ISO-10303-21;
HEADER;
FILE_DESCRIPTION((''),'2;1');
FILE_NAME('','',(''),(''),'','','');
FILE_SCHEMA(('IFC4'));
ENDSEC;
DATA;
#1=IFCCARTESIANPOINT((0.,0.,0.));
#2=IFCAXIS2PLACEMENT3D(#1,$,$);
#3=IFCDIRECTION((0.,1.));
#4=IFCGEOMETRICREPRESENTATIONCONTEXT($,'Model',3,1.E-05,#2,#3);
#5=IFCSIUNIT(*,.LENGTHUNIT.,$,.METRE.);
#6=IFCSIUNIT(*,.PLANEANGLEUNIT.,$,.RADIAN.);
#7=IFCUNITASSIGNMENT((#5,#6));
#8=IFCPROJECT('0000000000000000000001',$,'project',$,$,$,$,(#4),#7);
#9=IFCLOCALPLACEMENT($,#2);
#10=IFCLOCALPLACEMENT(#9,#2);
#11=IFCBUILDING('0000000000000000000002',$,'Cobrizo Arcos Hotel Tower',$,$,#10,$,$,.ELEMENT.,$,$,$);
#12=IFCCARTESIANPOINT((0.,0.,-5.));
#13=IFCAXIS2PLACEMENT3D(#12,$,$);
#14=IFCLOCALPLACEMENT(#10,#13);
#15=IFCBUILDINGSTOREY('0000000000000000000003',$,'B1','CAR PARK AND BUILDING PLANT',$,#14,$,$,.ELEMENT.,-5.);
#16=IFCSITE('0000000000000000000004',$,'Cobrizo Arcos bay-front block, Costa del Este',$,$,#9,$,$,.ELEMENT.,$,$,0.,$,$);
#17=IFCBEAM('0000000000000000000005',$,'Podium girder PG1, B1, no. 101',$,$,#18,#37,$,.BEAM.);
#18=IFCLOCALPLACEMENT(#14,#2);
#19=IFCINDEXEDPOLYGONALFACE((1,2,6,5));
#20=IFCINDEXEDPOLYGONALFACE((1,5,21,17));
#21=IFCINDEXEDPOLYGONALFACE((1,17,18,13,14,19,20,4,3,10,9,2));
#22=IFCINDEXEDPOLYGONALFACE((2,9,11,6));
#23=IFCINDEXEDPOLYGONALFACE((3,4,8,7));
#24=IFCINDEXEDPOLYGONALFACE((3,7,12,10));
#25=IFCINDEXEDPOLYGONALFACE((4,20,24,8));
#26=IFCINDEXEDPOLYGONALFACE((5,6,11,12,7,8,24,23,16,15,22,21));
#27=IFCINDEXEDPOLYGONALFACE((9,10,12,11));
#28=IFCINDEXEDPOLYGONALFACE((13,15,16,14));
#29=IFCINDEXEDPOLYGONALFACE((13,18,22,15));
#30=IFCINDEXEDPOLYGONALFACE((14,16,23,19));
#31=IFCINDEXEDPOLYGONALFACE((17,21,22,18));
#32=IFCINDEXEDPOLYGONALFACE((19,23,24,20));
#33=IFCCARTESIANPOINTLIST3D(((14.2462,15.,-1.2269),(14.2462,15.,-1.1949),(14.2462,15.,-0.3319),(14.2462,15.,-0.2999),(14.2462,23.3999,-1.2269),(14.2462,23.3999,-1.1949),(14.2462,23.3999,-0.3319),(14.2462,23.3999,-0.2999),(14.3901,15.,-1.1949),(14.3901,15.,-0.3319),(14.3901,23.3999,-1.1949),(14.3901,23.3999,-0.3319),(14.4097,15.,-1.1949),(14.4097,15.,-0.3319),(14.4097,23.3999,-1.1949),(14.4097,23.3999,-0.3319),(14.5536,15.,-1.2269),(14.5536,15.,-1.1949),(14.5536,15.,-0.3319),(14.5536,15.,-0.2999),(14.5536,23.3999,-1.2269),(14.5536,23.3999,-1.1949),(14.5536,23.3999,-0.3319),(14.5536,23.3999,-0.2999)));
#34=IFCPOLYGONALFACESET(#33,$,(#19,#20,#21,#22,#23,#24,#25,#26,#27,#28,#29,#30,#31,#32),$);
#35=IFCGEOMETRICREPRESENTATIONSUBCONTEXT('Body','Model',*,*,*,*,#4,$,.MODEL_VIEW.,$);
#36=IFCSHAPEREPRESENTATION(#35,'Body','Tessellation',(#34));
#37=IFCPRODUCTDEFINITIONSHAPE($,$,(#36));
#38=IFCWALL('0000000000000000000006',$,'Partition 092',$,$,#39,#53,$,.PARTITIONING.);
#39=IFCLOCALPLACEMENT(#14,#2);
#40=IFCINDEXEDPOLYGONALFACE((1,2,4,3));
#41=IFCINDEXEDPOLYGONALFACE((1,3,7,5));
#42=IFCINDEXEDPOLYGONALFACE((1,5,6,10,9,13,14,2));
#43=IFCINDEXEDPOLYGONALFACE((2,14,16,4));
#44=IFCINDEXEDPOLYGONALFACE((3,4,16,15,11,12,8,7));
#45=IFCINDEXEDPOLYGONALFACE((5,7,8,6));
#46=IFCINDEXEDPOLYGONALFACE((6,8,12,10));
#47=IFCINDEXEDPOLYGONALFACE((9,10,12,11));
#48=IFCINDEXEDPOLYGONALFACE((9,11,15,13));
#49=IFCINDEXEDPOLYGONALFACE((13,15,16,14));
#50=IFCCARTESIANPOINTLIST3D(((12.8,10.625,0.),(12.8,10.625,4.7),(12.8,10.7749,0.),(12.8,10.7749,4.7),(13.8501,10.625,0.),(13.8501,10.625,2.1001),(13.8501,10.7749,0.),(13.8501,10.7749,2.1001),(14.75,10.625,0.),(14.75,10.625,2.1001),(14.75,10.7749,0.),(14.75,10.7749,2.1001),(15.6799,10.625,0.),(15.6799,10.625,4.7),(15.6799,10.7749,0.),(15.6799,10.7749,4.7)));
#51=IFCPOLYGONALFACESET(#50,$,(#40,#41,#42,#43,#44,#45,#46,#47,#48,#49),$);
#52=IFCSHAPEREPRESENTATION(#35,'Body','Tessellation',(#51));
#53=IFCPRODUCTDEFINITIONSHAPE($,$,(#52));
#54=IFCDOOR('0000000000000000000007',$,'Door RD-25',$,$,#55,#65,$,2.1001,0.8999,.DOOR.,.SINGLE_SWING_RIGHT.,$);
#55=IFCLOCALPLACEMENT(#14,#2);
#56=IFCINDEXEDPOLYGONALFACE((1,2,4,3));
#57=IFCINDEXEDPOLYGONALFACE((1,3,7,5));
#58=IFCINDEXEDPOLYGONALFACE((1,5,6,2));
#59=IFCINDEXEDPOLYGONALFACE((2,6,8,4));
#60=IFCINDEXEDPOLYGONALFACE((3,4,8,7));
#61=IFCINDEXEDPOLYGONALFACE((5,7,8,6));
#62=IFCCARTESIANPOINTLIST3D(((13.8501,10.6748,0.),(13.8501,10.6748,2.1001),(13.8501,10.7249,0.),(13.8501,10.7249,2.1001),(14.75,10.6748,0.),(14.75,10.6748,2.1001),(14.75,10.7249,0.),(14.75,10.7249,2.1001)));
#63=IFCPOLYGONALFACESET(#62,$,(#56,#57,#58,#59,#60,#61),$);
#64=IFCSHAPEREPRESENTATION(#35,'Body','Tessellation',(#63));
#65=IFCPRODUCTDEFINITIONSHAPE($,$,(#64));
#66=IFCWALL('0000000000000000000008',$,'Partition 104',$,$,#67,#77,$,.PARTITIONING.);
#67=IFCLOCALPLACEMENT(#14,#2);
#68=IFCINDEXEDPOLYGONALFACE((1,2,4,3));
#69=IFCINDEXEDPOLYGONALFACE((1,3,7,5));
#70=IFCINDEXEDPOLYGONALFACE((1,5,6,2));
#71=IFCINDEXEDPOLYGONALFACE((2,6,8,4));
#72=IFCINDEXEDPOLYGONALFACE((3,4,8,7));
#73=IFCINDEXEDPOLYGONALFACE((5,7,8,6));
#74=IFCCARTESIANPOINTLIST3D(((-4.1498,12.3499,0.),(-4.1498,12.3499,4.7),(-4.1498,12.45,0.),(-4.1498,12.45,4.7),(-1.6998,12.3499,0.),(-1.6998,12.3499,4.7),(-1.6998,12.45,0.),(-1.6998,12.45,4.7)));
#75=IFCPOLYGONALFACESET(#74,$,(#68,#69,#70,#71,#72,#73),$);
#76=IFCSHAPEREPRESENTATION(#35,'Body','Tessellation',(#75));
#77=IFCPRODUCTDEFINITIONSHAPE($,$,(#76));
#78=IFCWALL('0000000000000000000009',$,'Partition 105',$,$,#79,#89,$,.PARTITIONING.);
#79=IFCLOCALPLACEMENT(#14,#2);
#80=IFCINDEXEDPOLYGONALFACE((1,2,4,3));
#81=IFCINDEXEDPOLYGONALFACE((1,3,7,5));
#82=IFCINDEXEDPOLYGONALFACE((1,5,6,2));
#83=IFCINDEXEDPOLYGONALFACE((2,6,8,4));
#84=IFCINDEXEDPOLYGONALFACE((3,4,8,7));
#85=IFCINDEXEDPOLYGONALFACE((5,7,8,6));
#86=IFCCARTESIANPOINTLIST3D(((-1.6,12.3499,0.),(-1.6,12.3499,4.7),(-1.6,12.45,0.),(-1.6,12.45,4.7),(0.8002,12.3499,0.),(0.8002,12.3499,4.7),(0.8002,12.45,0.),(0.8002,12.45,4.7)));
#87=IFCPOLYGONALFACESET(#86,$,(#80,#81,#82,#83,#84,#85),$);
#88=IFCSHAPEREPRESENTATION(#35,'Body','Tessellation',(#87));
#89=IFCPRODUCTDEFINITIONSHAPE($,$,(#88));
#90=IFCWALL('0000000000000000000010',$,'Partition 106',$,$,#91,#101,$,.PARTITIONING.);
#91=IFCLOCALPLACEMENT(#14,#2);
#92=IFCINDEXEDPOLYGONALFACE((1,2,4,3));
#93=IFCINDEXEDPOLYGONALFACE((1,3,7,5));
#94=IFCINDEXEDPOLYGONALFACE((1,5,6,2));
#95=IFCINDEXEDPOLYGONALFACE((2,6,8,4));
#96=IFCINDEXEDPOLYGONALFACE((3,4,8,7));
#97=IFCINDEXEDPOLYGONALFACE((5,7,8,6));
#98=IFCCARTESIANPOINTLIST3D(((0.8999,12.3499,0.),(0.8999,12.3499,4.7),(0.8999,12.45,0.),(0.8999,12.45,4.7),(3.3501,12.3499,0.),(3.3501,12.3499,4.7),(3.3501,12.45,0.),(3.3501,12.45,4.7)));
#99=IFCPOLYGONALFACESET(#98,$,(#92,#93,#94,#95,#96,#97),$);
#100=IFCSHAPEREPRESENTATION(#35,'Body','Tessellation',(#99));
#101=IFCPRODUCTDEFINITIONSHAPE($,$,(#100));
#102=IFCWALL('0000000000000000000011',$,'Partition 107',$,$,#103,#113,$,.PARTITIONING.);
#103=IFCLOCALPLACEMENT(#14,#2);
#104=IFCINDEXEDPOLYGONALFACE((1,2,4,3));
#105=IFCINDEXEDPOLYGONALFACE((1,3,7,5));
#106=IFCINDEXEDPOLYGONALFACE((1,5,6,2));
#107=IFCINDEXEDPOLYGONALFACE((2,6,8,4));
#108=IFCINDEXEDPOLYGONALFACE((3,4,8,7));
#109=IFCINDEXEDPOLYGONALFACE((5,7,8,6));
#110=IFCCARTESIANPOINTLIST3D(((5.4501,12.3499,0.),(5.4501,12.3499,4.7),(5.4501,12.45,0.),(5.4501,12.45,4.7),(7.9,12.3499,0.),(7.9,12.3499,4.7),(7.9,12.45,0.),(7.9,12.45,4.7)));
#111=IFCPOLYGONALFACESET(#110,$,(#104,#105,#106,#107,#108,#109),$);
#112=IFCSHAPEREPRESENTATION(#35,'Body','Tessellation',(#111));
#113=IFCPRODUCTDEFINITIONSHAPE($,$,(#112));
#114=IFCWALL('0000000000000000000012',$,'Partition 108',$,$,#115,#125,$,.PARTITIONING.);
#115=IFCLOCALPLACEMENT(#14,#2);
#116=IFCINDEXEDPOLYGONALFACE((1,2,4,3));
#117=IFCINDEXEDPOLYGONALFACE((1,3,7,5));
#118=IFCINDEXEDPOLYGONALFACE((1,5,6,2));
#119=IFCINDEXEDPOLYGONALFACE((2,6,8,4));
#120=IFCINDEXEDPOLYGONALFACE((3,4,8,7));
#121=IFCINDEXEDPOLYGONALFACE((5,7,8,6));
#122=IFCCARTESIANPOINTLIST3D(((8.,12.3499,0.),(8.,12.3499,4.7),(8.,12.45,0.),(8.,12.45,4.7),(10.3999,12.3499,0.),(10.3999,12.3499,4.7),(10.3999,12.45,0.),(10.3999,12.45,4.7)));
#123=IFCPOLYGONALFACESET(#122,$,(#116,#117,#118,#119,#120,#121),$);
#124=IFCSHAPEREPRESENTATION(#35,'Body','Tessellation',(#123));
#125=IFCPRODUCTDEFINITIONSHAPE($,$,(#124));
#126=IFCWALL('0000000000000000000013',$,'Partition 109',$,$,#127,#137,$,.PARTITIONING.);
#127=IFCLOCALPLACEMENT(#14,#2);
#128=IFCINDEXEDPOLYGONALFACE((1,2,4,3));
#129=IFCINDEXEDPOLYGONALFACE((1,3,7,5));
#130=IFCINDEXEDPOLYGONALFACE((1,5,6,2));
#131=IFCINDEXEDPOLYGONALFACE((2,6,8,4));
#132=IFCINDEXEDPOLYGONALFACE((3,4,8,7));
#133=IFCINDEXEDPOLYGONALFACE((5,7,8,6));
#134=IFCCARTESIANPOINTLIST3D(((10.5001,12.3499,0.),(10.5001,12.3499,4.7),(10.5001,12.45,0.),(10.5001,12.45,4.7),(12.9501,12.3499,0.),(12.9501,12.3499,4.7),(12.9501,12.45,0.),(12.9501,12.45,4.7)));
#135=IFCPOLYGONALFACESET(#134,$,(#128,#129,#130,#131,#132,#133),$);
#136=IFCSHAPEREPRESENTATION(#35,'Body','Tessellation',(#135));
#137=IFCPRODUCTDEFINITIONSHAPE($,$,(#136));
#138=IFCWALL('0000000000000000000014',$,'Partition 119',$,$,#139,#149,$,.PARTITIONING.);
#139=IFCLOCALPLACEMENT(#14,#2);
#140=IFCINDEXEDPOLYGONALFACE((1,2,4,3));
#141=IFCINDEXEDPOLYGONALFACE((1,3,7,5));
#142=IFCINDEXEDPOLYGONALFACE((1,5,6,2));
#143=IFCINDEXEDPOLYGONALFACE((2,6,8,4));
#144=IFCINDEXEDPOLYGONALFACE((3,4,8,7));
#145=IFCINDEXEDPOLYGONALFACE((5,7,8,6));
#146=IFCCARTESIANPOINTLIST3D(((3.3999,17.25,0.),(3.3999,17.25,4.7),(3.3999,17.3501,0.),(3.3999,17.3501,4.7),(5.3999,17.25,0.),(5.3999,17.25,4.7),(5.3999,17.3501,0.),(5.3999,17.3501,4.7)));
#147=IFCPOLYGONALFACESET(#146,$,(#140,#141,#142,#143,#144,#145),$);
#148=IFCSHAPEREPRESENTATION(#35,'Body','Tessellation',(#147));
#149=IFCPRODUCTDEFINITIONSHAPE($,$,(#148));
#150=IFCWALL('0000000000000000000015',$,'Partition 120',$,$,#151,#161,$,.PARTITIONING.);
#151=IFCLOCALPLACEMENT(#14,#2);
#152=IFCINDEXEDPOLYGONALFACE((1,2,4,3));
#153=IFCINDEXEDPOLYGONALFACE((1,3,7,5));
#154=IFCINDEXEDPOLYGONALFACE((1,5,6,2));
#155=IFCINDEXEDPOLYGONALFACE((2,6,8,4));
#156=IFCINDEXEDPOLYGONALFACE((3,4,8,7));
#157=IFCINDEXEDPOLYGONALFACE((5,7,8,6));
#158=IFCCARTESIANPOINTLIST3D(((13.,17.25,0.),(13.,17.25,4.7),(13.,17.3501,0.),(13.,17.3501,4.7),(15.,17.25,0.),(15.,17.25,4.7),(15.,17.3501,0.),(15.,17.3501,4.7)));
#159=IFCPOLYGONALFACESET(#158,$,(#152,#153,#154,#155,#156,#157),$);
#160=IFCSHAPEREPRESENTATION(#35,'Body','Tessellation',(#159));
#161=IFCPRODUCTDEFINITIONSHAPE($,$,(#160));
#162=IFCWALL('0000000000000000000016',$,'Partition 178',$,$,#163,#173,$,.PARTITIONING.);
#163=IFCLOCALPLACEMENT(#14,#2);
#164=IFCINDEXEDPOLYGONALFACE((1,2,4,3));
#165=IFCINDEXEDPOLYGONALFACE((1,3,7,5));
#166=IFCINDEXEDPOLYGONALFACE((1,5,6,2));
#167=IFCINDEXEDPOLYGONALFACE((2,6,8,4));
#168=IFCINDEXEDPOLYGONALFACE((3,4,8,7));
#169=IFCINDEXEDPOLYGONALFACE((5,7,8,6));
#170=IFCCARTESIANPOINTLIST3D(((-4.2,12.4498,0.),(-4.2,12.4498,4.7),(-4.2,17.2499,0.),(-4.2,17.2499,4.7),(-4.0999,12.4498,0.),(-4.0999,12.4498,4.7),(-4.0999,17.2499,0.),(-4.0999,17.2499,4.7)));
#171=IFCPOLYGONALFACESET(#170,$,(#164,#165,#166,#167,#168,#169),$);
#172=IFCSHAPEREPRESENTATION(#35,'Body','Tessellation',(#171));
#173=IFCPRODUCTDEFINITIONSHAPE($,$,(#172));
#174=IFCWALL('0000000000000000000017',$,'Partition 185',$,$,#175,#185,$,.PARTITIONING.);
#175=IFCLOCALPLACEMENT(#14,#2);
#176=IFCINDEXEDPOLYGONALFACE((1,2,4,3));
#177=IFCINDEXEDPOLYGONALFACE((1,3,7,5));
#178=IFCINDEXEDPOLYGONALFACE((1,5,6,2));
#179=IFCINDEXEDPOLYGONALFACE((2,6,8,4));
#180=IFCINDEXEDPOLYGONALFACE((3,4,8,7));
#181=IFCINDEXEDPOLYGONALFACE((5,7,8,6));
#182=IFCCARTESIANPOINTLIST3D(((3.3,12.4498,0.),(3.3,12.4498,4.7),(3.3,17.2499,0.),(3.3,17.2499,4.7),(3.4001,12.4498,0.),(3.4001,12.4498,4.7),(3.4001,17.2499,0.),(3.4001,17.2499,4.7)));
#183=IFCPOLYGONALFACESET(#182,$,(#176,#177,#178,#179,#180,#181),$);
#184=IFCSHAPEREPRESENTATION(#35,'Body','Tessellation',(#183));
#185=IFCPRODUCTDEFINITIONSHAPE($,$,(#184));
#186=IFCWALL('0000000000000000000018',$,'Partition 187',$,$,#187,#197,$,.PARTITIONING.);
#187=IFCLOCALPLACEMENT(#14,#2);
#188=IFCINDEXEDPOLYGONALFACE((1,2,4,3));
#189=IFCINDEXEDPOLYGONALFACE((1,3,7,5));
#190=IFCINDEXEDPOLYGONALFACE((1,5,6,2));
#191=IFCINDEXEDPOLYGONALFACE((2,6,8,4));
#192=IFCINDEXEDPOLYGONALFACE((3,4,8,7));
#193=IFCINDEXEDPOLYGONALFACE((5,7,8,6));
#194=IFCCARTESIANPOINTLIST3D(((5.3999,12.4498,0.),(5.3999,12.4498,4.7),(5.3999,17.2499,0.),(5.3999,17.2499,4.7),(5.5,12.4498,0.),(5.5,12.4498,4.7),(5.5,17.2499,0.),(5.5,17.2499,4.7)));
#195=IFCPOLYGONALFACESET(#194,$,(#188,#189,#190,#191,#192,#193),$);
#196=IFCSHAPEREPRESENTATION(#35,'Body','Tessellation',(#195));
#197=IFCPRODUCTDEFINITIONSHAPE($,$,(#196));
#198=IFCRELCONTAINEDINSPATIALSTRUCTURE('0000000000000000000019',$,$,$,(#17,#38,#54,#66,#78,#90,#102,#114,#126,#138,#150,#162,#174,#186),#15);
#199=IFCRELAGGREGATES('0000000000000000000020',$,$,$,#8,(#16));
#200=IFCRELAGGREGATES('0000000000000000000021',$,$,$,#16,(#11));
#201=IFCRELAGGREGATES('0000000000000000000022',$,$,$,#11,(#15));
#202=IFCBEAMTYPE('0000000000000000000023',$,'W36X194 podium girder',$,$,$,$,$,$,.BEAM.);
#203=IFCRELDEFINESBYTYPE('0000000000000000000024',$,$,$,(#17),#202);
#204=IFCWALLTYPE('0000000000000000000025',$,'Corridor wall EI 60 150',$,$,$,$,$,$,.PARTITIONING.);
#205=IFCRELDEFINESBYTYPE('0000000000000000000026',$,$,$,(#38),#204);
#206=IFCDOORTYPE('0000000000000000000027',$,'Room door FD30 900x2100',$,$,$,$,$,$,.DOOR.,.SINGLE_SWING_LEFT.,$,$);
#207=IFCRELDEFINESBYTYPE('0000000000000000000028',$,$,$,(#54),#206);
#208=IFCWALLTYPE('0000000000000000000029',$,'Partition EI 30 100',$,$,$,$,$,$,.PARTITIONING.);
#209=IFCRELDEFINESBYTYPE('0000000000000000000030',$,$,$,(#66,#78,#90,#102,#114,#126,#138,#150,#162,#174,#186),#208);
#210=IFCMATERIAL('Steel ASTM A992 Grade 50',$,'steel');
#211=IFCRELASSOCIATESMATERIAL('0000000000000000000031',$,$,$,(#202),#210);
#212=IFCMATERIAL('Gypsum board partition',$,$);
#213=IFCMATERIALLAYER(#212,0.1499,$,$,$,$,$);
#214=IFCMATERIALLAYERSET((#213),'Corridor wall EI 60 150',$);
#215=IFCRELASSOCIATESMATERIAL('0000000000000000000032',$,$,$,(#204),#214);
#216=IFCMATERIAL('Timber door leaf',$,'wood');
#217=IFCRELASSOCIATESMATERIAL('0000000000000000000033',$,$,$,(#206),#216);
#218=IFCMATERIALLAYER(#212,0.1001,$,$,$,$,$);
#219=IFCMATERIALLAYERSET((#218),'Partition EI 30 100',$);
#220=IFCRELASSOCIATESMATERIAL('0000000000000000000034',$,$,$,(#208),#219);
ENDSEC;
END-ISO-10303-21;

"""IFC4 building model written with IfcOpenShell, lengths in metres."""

from ifc_helpers import new_model, si_unit, direction, frame, frame_2d, origin, origin_2d, place, context, subcontext, project, spatial, rectangle, i_section, extrude, material, layer, layer_set, material_profile, profile_set, type_object, element, fill, save


model = new_model("IFC4")

# Units and contexts
model_context = context("Model", 3, precision=1e-05, world=origin(), true_north=direction((0.0, 1.0)))
body_context = subcontext(model_context, "Body", "Model", "MODEL_VIEW")
ifc_project = project(units=[si_unit("LENGTHUNIT", "METRE"), si_unit("PLANEANGLEUNIT", "RADIAN")], contexts=[model_context])

# Site, building, storey
site_placement = place(None, origin())
site = spatial("IfcSite", under=ifc_project, at=site_placement, Name="Cobrizo Arcos bay-front block, Costa del Este", CompositionType="ELEMENT", RefElevation=0.0)
building_placement = place(site_placement, origin())
building = spatial("IfcBuilding", under=site, at=building_placement, Name="Cobrizo Arcos Hotel Tower", CompositionType="ELEMENT")
storey_placement = place(building_placement, frame((0.0, 0.0, -5.0)))
storey = spatial("IfcBuildingStorey", under=building, at=storey_placement, Name="B1", Description="CAR PARK AND BUILDING PLANT", CompositionType="ELEMENT", Elevation=-5.0)

# Beam
ifc_material_1 = material(Name="Steel ASTM A992 Grade 50", Category="steel")
ifc_material_profile_1 = material_profile(ifc_material_1, i_section(OverallWidth=0.3074, OverallDepth=0.927, WebThickness=0.0195, FlangeThickness=0.032, at=origin_2d()), Name="W36X194")
ifc_profile_set_1 = profile_set([ifc_material_profile_1], Name="Steel ASTM A992 Grade 50")
beam_type_1 = type_object("IfcBeamType", Name="W36X194 podium girder", PredefinedType="BEAM", material=ifc_profile_set_1)
beam_1_placement = place(storey_placement, frame((14.3999, 15.0, -0.7634), z_axis=(0.0, 1.0, 0.0), x_axis=(-1.0, 0.0, 0.0)))
element("IfcBeam", 1, at=beam_1_placement, inside=storey, type_object=beam_type_1, Name="Podium girder PG1, B1, no. 101", PredefinedType="BEAM", context=body_context, shape_type="SweptSolid", body=[
    extrude(i_section(OverallWidth=0.3074, OverallDepth=0.927, WebThickness=0.0195, FlangeThickness=0.032, at=origin_2d()), origin(), (0.0, 0.0, 1.0), 8.3999),
])

# Wall, opening, door
ifc_material_2 = material(Name="Gypsum board partition")
ifc_layer_1 = layer(ifc_material_2, 0.1499)
ifc_layer_set_1 = layer_set([ifc_layer_1], Name="Corridor wall EI 60 150")
wall_type_1 = type_object("IfcWallType", Name="Corridor wall EI 60 150", PredefinedType="PARTITIONING", material=ifc_layer_set_1)
wall_1_placement = place(storey_placement, frame((12.8, 10.7, 0.0), z_axis=(0.0, 0.0, 1.0), x_axis=(1.0, 0.0, 0.0)))
wall_1 = element("IfcWall", 2, at=wall_1_placement, inside=storey, type_object=wall_type_1, Name="Partition 092", PredefinedType="PARTITIONING", context=body_context, shape_type="SweptSolid", body=[
    extrude(rectangle(XDim=2.8799, YDim=0.1499, at=frame_2d((1.4399, 0.0))), origin(), (0.0, 0.0, 1.0), 4.7),
])
opening_placement = place(wall_1_placement, frame((1.05, 0.0, 0.0)))
opening = element("IfcOpeningElement", 3, at=opening_placement, cuts=wall_1, PredefinedType="OPENING", context=body_context, shape_type="SweptSolid", body=[
    extrude(rectangle(XDim=0.8999, YDim=2.1001, at=frame_2d((0.45, 1.05))), frame((0.0, 0.0869, 0.0), z_axis=(0.0, -1.0, 0.0), x_axis=(1.0, 0.0, 0.0)), (0.0, 0.0, 1.0), 0.1738),
])
ifc_material_3 = material(Name="Timber door leaf", Category="wood")
door_type = type_object("IfcDoorType", Name="Room door FD30 900x2100", OperationType="SINGLE_SWING_LEFT", PredefinedType="DOOR", material=ifc_material_3)
door_placement = place(opening_placement, origin())
door = element("IfcDoor", 4, at=door_placement, inside=storey, type_object=door_type, Name="Door RD-25", OperationType="SINGLE_SWING_RIGHT", OverallHeight=2.1001, OverallWidth=0.8999, PredefinedType="DOOR", context=body_context, shape_type="SweptSolid", body=[
    extrude(rectangle(XDim=0.8999, YDim=2.1001, at=frame_2d((0.45, 1.05))), frame((0.0, 0.0249, 0.0), z_axis=(0.0, -1.0, 0.0), x_axis=(1.0, 0.0, 0.0)), (0.0, 0.0, 1.0), 0.05),
])
fill(opening, door)

# Walls
ifc_layer_2 = layer(ifc_material_2, 0.1001)
ifc_layer_set_2 = layer_set([ifc_layer_2], Name="Partition EI 30 100")
wall_type_2 = type_object("IfcWallType", Name="Partition EI 30 100", PredefinedType="PARTITIONING", material=ifc_layer_set_2)
wall_2_placement = place(storey_placement, frame((-4.1499, 12.3999, 0.0), z_axis=(0.0, 0.0, 1.0), x_axis=(1.0, 0.0, 0.0)))
element("IfcWall", 5, at=wall_2_placement, inside=storey, type_object=wall_type_2, Name="Partition 104", PredefinedType="PARTITIONING", context=body_context, shape_type="SweptSolid", body=[
    extrude(rectangle(XDim=2.45, YDim=0.1001, at=frame_2d((1.2251, 0.0))), origin(), (0.0, 0.0, 1.0), 4.7),
])
wall_3_placement = place(storey_placement, frame((-1.6001, 12.3999, 0.0), z_axis=(0.0, 0.0, 1.0), x_axis=(1.0, 0.0, 0.0)))
element("IfcWall", 6, at=wall_3_placement, inside=storey, type_object=wall_type_2, Name="Partition 105", PredefinedType="PARTITIONING", context=body_context, shape_type="SweptSolid", body=[
    extrude(rectangle(XDim=2.4001, YDim=0.1001, at=frame_2d((1.2002, 0.0))), origin(), (0.0, 0.0, 1.0), 4.7),
])
wall_4_placement = place(storey_placement, frame((0.8999, 12.3999, 0.0), z_axis=(0.0, 0.0, 1.0), x_axis=(1.0, 0.0, 0.0)))
element("IfcWall", 7, at=wall_4_placement, inside=storey, type_object=wall_type_2, Name="Partition 106", PredefinedType="PARTITIONING", context=body_context, shape_type="SweptSolid", body=[
    extrude(rectangle(XDim=2.4502, YDim=0.1001, at=frame_2d((1.2251, 0.0))), origin(), (0.0, 0.0, 1.0), 4.7),
])
wall_5_placement = place(storey_placement, frame((5.45, 12.3999, 0.0), z_axis=(0.0, 0.0, 1.0), x_axis=(1.0, 0.0, 0.0)))
element("IfcWall", 8, at=wall_5_placement, inside=storey, type_object=wall_type_2, Name="Partition 107", PredefinedType="PARTITIONING", context=body_context, shape_type="SweptSolid", body=[
    extrude(rectangle(XDim=2.45, YDim=0.1001, at=frame_2d((1.2251, 0.0))), origin(), (0.0, 0.0, 1.0), 4.7),
])
wall_6_placement = place(storey_placement, frame((8.0, 12.3999, 0.0), z_axis=(0.0, 0.0, 1.0), x_axis=(1.0, 0.0, 0.0)))
element("IfcWall", 9, at=wall_6_placement, inside=storey, type_object=wall_type_2, Name="Partition 108", PredefinedType="PARTITIONING", context=body_context, shape_type="SweptSolid", body=[
    extrude(rectangle(XDim=2.3999, YDim=0.1001, at=frame_2d((1.2, 0.0))), origin(), (0.0, 0.0, 1.0), 4.7),
])
wall_7_placement = place(storey_placement, frame((10.5, 12.3999, 0.0), z_axis=(0.0, 0.0, 1.0), x_axis=(1.0, 0.0, 0.0)))
element("IfcWall", 10, at=wall_7_placement, inside=storey, type_object=wall_type_2, Name="Partition 109", PredefinedType="PARTITIONING", context=body_context, shape_type="SweptSolid", body=[
    extrude(rectangle(XDim=2.45, YDim=0.1001, at=frame_2d((1.2251, 0.0))), origin(), (0.0, 0.0, 1.0), 4.7),
])
for number, where, z_axis, x_axis, name in (
    (11, (3.3999, 17.3, 0.0), (0.0, 0.0, 1.0), (1.0, 0.0, 0.0), "Partition 119"),
    (12, (13.0, 17.3, 0.0), (0.0, 0.0, 1.0), (1.0, 0.0, 0.0), "Partition 120"),
):
    element("IfcWall", number, at=place(storey_placement, frame(where, z_axis=z_axis, x_axis=x_axis)), inside=storey, type_object=wall_type_2, Name=name, PredefinedType="PARTITIONING", context=body_context, shape_type="SweptSolid", body=[
        extrude(rectangle(XDim=2.0, YDim=0.1001, at=frame_2d((1.0, 0.0))), origin(), (0.0, 0.0, 1.0), 4.7),
    ])
for number, where, z_axis, x_axis, name in (
    (13, (-4.1499, 12.45, 0.0), (0.0, 0.0, 1.0), (0.0, 1.0, 0.0), "Partition 178"),
    (14, (3.3501, 12.45, 0.0), (0.0, 0.0, 1.0), (0.0, 1.0, 0.0), "Partition 185"),
    (15, (5.45, 12.45, 0.0), (0.0, 0.0, 1.0), (0.0, 1.0, 0.0), "Partition 187"),
):
    element("IfcWall", number, at=place(storey_placement, frame(where, z_axis=z_axis, x_axis=x_axis)), inside=storey, type_object=wall_type_2, Name=name, PredefinedType="PARTITIONING", context=body_context, shape_type="SweptSolid", body=[
        extrude(rectangle(XDim=4.8, YDim=0.1001, at=frame_2d((2.3999, 0.0))), origin(), (0.0, 0.0, 1.0), 4.7),
    ])

save(model, "model.ifc")
